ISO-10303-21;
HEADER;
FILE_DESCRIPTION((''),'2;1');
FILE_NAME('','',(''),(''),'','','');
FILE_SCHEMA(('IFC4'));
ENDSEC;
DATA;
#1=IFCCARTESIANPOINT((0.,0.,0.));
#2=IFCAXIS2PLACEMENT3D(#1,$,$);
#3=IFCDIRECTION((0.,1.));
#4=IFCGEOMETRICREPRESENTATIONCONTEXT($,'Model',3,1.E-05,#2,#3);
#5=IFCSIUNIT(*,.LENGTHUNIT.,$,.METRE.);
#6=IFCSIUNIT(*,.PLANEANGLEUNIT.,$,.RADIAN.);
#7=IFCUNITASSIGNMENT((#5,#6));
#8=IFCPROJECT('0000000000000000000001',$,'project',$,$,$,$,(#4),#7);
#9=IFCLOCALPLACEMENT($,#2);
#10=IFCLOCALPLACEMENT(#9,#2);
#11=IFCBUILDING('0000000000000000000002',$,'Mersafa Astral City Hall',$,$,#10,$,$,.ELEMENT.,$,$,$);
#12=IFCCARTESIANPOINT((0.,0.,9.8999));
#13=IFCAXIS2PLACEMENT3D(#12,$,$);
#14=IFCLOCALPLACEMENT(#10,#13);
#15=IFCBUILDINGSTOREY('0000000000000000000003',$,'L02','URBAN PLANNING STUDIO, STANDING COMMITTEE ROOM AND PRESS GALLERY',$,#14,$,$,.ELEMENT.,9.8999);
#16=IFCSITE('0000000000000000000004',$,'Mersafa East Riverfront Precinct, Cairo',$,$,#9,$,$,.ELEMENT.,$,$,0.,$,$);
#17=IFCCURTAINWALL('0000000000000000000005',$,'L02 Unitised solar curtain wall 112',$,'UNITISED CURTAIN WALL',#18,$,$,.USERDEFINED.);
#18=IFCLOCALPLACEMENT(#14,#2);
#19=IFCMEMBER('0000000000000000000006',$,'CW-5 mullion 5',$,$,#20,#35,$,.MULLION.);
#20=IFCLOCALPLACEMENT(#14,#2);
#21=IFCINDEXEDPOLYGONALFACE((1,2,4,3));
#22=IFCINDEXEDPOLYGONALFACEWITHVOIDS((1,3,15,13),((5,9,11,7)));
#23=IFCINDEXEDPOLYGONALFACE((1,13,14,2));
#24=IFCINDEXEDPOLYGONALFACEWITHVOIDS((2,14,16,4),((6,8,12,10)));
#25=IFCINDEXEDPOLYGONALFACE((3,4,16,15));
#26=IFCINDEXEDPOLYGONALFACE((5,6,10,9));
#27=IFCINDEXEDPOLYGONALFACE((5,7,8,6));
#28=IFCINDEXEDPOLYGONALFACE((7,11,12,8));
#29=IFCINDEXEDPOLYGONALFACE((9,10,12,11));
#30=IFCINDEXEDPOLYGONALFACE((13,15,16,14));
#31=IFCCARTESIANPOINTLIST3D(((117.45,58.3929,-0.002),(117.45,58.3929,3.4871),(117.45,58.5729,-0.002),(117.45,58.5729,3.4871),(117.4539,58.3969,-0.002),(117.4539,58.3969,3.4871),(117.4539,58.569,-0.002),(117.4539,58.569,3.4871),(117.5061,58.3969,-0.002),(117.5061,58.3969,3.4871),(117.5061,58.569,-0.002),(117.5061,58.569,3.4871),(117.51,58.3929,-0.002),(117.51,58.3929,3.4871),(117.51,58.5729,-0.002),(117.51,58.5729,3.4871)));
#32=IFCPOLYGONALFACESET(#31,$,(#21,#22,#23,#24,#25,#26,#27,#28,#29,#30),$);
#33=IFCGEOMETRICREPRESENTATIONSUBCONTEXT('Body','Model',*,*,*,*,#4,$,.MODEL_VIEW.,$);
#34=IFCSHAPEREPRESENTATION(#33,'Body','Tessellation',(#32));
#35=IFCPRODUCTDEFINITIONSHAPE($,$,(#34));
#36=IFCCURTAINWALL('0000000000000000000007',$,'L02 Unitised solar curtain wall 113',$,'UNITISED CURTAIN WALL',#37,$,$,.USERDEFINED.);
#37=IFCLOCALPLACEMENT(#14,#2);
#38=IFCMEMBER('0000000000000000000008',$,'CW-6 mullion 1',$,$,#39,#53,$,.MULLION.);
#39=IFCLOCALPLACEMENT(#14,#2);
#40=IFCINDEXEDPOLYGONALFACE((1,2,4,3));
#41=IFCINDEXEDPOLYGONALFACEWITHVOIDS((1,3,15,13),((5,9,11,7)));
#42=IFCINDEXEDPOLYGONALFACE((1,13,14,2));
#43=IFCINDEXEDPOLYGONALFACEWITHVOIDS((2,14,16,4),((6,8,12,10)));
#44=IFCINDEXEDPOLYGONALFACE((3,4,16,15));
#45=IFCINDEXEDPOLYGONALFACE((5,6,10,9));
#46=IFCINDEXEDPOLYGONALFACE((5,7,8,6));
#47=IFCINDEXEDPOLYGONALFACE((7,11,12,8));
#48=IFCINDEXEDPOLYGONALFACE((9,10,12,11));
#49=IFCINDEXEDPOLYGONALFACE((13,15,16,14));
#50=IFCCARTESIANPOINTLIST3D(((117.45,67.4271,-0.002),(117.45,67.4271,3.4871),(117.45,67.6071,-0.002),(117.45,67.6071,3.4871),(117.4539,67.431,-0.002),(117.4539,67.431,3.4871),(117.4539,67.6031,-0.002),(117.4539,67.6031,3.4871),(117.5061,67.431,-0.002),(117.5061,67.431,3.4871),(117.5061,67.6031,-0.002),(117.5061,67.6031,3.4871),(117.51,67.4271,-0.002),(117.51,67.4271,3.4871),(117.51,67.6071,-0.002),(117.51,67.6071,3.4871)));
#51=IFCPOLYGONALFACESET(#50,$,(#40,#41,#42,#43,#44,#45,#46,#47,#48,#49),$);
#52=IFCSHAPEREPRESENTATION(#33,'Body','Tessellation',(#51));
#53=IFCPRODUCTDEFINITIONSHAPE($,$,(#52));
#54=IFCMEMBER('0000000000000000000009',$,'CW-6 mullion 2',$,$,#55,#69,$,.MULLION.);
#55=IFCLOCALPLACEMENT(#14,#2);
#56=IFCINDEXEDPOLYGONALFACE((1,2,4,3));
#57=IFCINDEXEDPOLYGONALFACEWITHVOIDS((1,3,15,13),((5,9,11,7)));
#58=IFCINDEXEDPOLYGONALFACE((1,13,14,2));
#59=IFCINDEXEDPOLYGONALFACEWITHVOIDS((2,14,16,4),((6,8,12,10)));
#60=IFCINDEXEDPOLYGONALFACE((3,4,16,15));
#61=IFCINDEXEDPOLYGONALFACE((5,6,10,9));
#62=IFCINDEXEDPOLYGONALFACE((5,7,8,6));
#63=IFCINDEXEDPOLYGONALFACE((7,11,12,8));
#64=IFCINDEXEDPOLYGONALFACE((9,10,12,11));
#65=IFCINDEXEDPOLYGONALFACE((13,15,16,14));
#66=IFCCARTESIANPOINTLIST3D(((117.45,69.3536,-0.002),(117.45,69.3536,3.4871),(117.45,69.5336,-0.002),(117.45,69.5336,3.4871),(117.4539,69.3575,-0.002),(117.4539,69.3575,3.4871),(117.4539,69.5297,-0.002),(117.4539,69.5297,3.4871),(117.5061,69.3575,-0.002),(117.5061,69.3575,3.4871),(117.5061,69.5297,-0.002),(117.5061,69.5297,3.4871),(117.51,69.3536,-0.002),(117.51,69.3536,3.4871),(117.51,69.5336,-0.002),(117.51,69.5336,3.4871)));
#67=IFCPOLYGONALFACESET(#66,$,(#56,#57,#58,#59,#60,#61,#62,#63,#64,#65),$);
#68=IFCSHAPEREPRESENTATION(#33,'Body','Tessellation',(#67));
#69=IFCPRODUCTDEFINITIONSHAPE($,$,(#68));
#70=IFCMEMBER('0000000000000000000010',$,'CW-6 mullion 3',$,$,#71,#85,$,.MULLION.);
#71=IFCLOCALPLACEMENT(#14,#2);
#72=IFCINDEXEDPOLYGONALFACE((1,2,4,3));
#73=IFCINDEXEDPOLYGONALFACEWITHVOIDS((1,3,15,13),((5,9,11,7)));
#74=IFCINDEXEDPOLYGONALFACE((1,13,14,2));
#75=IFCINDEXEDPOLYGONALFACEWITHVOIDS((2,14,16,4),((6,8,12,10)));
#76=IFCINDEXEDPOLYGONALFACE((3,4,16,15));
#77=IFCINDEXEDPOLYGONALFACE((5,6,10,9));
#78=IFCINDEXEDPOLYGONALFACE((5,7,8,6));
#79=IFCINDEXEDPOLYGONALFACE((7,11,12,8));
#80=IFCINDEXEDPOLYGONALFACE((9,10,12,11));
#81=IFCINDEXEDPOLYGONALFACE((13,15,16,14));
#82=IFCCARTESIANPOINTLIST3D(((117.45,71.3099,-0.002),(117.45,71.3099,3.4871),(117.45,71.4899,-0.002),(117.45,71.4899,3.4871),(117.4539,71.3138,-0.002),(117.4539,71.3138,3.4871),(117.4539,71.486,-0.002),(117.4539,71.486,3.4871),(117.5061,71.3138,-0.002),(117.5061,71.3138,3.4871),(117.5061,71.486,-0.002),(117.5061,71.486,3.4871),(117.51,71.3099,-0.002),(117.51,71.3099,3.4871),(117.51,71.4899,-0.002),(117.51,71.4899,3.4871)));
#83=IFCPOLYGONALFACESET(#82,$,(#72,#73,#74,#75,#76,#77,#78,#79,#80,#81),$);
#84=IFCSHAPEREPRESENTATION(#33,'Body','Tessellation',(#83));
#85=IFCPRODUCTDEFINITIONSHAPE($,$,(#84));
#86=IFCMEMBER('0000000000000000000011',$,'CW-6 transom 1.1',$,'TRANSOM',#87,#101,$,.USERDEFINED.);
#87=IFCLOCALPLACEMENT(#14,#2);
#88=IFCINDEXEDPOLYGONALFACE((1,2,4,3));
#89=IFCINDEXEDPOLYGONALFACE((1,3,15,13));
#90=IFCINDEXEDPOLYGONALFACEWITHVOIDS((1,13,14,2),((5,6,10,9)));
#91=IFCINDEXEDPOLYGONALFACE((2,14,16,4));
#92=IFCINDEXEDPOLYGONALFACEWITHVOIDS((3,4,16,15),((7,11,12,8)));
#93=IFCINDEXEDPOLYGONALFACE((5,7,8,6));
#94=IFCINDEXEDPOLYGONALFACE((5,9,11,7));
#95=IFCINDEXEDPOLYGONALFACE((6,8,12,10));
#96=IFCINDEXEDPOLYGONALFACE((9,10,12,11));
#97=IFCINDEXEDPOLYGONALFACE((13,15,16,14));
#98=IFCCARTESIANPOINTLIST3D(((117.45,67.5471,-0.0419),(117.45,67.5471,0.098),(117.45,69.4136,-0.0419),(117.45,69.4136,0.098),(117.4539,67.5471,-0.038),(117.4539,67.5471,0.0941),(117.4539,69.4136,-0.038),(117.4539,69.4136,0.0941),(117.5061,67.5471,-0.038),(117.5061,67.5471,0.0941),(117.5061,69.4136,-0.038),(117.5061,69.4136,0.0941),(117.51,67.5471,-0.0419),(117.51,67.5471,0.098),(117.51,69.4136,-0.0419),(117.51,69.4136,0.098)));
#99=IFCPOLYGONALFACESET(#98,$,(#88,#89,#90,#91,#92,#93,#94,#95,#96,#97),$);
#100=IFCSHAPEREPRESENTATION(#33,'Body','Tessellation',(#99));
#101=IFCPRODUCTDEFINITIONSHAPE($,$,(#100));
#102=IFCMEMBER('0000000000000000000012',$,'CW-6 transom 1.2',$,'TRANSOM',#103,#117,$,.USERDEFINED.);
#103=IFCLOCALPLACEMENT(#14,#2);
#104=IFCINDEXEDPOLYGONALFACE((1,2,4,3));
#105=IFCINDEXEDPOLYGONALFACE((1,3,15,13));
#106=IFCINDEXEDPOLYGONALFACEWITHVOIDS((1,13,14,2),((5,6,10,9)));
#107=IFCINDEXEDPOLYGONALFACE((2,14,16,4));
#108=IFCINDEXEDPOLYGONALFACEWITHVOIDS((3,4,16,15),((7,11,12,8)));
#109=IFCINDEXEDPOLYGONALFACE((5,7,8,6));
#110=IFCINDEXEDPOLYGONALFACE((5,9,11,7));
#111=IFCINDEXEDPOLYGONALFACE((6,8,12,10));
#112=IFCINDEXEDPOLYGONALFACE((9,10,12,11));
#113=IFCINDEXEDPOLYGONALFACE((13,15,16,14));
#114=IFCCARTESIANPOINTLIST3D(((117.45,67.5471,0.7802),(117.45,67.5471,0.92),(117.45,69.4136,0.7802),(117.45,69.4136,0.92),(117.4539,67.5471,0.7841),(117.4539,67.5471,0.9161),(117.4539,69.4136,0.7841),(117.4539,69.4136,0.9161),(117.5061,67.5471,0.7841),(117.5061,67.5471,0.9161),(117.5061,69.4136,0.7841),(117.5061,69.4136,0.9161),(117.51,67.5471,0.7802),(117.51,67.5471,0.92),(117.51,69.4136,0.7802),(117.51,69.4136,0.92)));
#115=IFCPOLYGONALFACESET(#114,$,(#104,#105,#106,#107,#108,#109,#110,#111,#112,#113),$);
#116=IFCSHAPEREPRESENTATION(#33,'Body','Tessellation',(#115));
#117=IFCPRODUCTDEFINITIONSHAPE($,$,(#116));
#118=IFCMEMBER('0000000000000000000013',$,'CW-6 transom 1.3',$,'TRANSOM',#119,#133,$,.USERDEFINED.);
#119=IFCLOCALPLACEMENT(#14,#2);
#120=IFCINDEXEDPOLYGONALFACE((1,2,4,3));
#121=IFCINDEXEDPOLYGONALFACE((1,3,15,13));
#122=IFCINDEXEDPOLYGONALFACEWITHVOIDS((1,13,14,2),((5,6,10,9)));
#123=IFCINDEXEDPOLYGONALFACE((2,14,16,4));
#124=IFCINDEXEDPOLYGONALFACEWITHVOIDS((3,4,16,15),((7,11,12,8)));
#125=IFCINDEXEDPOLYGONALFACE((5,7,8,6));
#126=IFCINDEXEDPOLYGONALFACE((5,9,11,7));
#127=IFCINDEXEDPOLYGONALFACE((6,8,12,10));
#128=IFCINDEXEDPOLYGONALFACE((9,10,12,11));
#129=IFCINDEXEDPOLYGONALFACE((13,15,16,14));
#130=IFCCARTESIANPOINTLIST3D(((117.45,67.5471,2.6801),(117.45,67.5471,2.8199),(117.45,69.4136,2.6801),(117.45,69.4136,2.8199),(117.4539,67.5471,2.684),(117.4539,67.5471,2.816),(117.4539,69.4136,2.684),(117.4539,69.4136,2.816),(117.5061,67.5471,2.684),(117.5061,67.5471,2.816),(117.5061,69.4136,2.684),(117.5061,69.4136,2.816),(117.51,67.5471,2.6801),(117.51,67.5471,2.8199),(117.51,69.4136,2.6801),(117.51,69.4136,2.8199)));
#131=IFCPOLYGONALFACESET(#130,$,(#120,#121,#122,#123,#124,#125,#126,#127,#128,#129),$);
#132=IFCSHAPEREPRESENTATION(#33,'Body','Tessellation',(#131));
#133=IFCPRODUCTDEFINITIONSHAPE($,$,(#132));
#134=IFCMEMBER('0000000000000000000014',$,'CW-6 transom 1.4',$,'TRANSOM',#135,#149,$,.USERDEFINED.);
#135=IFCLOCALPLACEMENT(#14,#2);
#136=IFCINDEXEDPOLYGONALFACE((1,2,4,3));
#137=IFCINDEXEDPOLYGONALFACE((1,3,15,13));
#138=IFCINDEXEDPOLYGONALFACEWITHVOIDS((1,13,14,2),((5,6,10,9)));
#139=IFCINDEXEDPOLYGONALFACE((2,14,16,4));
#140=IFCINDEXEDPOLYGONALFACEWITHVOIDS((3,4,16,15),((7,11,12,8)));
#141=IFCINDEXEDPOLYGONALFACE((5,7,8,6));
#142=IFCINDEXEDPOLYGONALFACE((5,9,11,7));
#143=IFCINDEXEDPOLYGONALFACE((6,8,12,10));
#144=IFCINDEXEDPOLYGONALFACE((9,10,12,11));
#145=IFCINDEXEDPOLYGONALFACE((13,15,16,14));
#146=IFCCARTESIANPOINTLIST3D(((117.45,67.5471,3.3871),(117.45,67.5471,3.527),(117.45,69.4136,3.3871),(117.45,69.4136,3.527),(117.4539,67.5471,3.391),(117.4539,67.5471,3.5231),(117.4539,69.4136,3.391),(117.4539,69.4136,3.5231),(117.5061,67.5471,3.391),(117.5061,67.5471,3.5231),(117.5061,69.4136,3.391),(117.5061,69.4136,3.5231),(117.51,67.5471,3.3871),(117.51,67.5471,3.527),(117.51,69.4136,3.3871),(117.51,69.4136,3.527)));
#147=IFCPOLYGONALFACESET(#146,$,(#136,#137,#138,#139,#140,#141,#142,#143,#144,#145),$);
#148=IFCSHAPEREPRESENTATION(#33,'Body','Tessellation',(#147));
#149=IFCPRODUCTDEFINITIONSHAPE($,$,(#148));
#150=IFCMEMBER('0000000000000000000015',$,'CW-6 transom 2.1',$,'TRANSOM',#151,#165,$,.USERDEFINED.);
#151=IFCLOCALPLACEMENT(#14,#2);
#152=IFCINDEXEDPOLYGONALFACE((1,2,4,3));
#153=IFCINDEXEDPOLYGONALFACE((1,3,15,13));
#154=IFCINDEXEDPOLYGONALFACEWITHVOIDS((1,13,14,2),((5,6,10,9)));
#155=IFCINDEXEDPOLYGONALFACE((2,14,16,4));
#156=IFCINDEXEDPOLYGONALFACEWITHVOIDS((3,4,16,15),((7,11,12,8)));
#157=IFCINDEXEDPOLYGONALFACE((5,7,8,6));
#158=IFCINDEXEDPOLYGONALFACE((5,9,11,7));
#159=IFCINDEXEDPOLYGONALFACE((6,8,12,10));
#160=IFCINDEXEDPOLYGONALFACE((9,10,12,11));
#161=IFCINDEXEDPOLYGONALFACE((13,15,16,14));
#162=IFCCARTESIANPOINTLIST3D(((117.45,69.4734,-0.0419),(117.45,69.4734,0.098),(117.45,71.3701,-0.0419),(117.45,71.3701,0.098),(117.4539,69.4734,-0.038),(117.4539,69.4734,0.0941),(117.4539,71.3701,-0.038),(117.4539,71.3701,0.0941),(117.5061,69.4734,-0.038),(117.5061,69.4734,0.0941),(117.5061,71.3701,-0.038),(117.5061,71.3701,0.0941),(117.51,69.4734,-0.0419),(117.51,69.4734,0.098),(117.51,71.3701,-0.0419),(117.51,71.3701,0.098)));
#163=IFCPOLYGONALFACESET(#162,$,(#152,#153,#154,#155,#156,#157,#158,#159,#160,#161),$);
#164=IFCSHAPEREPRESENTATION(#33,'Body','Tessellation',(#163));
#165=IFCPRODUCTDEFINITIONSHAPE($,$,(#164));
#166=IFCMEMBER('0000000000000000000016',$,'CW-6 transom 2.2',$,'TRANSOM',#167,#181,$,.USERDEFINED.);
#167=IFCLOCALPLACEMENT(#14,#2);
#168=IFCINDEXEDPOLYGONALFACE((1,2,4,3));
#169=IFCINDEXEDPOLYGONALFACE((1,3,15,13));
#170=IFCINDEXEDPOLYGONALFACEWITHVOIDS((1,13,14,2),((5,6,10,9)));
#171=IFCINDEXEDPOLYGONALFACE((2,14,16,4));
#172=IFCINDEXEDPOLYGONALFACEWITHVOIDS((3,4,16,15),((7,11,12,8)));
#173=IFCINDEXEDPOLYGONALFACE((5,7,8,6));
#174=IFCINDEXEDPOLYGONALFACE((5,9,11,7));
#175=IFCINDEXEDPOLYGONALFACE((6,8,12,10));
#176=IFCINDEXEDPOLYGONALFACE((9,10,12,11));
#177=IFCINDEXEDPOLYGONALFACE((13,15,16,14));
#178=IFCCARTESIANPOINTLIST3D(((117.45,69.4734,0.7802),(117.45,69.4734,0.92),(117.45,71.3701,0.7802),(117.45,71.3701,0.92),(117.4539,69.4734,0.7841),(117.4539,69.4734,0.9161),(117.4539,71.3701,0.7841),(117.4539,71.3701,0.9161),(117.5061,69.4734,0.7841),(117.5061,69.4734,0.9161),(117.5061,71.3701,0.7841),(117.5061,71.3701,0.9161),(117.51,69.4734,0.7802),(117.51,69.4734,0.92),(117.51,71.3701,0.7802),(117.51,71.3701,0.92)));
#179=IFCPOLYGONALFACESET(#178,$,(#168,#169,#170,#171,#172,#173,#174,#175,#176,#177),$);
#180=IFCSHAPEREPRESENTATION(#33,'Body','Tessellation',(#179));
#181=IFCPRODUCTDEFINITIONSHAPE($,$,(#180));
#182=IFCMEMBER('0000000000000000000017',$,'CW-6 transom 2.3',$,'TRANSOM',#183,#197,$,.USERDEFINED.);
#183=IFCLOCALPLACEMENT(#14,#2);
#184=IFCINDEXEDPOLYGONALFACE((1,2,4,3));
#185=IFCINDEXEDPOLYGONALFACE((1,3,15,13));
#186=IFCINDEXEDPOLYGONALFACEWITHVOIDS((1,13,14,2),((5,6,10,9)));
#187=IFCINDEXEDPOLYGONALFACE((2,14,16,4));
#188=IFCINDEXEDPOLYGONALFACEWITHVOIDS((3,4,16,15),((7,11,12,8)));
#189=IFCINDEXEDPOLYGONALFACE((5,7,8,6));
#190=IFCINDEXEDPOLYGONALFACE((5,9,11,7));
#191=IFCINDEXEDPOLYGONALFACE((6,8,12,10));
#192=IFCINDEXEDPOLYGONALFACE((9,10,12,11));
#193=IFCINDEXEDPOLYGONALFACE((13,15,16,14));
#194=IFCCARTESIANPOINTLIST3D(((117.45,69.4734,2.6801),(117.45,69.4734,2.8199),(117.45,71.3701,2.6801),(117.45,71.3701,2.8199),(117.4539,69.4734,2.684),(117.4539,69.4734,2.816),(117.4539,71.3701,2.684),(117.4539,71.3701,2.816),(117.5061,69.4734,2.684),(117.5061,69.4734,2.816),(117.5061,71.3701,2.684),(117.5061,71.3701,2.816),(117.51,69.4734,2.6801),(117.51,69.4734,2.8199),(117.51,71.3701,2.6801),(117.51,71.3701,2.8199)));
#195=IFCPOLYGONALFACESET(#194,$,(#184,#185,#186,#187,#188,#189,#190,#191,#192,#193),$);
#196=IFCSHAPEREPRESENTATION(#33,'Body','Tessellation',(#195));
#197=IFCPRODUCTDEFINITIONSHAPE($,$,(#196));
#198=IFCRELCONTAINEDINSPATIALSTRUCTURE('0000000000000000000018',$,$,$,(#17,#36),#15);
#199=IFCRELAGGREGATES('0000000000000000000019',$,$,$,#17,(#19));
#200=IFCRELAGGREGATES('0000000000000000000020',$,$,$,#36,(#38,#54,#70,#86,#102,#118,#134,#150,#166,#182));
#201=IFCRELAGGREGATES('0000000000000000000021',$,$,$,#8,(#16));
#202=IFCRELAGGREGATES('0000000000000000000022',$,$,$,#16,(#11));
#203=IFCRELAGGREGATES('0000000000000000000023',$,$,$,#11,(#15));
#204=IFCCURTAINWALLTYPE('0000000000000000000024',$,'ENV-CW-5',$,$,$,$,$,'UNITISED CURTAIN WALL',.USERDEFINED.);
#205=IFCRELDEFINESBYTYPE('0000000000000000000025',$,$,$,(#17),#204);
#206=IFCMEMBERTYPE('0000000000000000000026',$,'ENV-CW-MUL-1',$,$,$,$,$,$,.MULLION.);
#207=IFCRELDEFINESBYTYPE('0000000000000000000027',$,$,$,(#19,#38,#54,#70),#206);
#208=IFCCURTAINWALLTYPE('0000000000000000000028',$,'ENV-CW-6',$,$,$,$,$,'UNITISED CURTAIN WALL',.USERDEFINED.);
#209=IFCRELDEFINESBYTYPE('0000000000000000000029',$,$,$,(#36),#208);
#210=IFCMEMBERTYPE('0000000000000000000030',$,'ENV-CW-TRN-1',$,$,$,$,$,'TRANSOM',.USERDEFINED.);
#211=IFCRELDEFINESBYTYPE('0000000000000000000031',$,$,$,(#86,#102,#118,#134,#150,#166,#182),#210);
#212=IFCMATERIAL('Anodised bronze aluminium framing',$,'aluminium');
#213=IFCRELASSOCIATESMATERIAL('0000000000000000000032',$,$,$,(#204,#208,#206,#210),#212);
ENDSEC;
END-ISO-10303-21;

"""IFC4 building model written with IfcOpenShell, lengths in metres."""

from ifc_helpers import new_model, si_unit, direction, frame, origin, origin_2d, place, context, subcontext, project, spatial, hollow_rectangle, extrude, material, material_profile, profile_set, type_object, element, aggregate, save


model = new_model("IFC4")

# Units and contexts
model_context = context("Model", 3, precision=1e-05, world=origin(), true_north=direction((0.0, 1.0)))
body_context = subcontext(model_context, "Body", "Model", "MODEL_VIEW")
ifc_project = project(units=[si_unit("LENGTHUNIT", "METRE"), si_unit("PLANEANGLEUNIT", "RADIAN")], contexts=[model_context])

# Site, building, storey
site_placement = place(None, origin())
site = spatial("IfcSite", under=ifc_project, at=site_placement, Name="Mersafa East Riverfront Precinct, Cairo", CompositionType="ELEMENT", RefElevation=0.0)
building_placement = place(site_placement, origin())
building = spatial("IfcBuilding", under=site, at=building_placement, Name="Mersafa Astral City Hall", CompositionType="ELEMENT")
storey_placement = place(building_placement, frame((0.0, 0.0, 9.8999)))
storey = spatial("IfcBuildingStorey", under=building, at=storey_placement, Name="L02", Description="URBAN PLANNING STUDIO, STANDING COMMITTEE ROOM AND PRESS GALLERY", CompositionType="ELEMENT", Elevation=9.8999)

# Curtain wall, member
ifc_material_1 = material(Name="Anodised bronze aluminium framing", Category="aluminium")
curtain_wall_type_1 = type_object("IfcCurtainWallType", Name="ENV-CW-5", ElementType="UNITISED CURTAIN WALL", PredefinedType="USERDEFINED", material=ifc_material_1)
curtain_wall_1_placement = place(storey_placement, origin())
curtain_wall_1 = element("IfcCurtainWall", 1, at=curtain_wall_1_placement, inside=storey, type_object=curtain_wall_type_1, Name="L02 Unitised solar curtain wall 112", ObjectType="UNITISED CURTAIN WALL", PredefinedType="USERDEFINED")
ifc_material_profile_1 = material_profile(ifc_material_1, hollow_rectangle(XDim=0.0601, YDim=0.1799, WallThickness=0.0039, at=origin_2d()), Name="RHS 60x180x4")
ifc_profile_set_1 = profile_set([ifc_material_profile_1], Name="Anodised bronze aluminium framing")
member_type_1 = type_object("IfcMemberType", Name="ENV-CW-MUL-1", PredefinedType="MULLION", material=ifc_profile_set_1)
member_1_placement = place(storey_placement, frame((117.48, 58.4829, -0.002), z_axis=(0.0, 0.0, 1.0), x_axis=(-1.0, 0.0, 0.0)))
member_1 = element("IfcMember", 2, at=member_1_placement, type_object=member_type_1, Name="CW-5 mullion 5", PredefinedType="MULLION", context=body_context, shape_type="SweptSolid", body=[
    extrude(hollow_rectangle(XDim=0.0601, YDim=0.1799, WallThickness=0.0039, at=origin_2d()), origin(), (0.0, 0.0, 1.0), 3.489),
])
aggregate(curtain_wall_1, [member_1])

# Curtain wall, members
curtain_wall_type_2 = type_object("IfcCurtainWallType", Name="ENV-CW-6", ElementType="UNITISED CURTAIN WALL", PredefinedType="USERDEFINED", material=ifc_material_1)
curtain_wall_2_placement = place(storey_placement, origin())
curtain_wall_2 = element("IfcCurtainWall", 3, at=curtain_wall_2_placement, inside=storey, type_object=curtain_wall_type_2, Name="L02 Unitised solar curtain wall 113", ObjectType="UNITISED CURTAIN WALL", PredefinedType="USERDEFINED")
member_2_placement = place(storey_placement, frame((117.48, 67.5171, -0.002), z_axis=(0.0, 0.0, 1.0), x_axis=(-1.0, 0.0, 0.0)))
member_2 = element("IfcMember", 4, at=member_2_placement, type_object=member_type_1, Name="CW-6 mullion 1", PredefinedType="MULLION", context=body_context, shape_type="SweptSolid", body=[
    extrude(hollow_rectangle(XDim=0.0601, YDim=0.1799, WallThickness=0.0039, at=origin_2d()), origin(), (0.0, 0.0, 1.0), 3.489),
])
member_3_placement = place(storey_placement, frame((117.48, 69.4436, -0.002), z_axis=(0.0, 0.0, 1.0), x_axis=(-1.0, 0.0, 0.0)))
member_3 = element("IfcMember", 5, at=member_3_placement, type_object=member_type_1, Name="CW-6 mullion 2", PredefinedType="MULLION", context=body_context, shape_type="SweptSolid", body=[
    extrude(hollow_rectangle(XDim=0.0601, YDim=0.1799, WallThickness=0.0039, at=origin_2d()), origin(), (0.0, 0.0, 1.0), 3.489),
])
member_4_placement = place(storey_placement, frame((117.48, 71.3999, -0.002), z_axis=(0.0, 0.0, 1.0), x_axis=(-1.0, 0.0, 0.0)))
member_4 = element("IfcMember", 6, at=member_4_placement, type_object=member_type_1, Name="CW-6 mullion 3", PredefinedType="MULLION", context=body_context, shape_type="SweptSolid", body=[
    extrude(hollow_rectangle(XDim=0.0601, YDim=0.1799, WallThickness=0.0039, at=origin_2d()), origin(), (0.0, 0.0, 1.0), 3.489),
])
ifc_material_profile_2 = material_profile(ifc_material_1, hollow_rectangle(XDim=0.0601, YDim=0.1399, WallThickness=0.0039, at=origin_2d()), Name="RHS 60x140x4")
ifc_profile_set_2 = profile_set([ifc_material_profile_2], Name="Anodised bronze aluminium framing")
member_type_2 = type_object("IfcMemberType", Name="ENV-CW-TRN-1", ElementType="TRANSOM", PredefinedType="USERDEFINED", material=ifc_profile_set_2)
member_5_placement = place(storey_placement, frame((117.48, 67.5471, 0.0281), z_axis=(0.0, 1.0, 0.0), x_axis=(-1.0, 0.0, 0.0)))
member_5 = element("IfcMember", 7, at=member_5_placement, type_object=member_type_2, Name="CW-6 transom 1.1", ObjectType="TRANSOM", PredefinedType="USERDEFINED", context=body_context, shape_type="SweptSolid", body=[
    extrude(hollow_rectangle(XDim=0.0601, YDim=0.1399, WallThickness=0.0039, at=origin_2d()), origin(), (0.0, 0.0, 1.0), 1.8665),
])
member_6_placement = place(storey_placement, frame((117.48, 67.5471, 0.8501), z_axis=(0.0, 1.0, 0.0), x_axis=(-1.0, 0.0, 0.0)))
member_6 = element("IfcMember", 8, at=member_6_placement, type_object=member_type_2, Name="CW-6 transom 1.2", ObjectType="TRANSOM", PredefinedType="USERDEFINED", context=body_context, shape_type="SweptSolid", body=[
    extrude(hollow_rectangle(XDim=0.0601, YDim=0.1399, WallThickness=0.0039, at=origin_2d()), origin(), (0.0, 0.0, 1.0), 1.8665),
])
member_7_placement = place(storey_placement, frame((117.48, 67.5471, 2.75), z_axis=(0.0, 1.0, 0.0), x_axis=(-1.0, 0.0, 0.0)))
member_7 = element("IfcMember", 9, at=member_7_placement, type_object=member_type_2, Name="CW-6 transom 1.3", ObjectType="TRANSOM", PredefinedType="USERDEFINED", context=body_context, shape_type="SweptSolid", body=[
    extrude(hollow_rectangle(XDim=0.0601, YDim=0.1399, WallThickness=0.0039, at=origin_2d()), origin(), (0.0, 0.0, 1.0), 1.8665),
])
member_8_placement = place(storey_placement, frame((117.48, 67.5471, 3.457), z_axis=(0.0, 1.0, 0.0), x_axis=(-1.0, 0.0, 0.0)))
member_8 = element("IfcMember", 10, at=member_8_placement, type_object=member_type_2, Name="CW-6 transom 1.4", ObjectType="TRANSOM", PredefinedType="USERDEFINED", context=body_context, shape_type="SweptSolid", body=[
    extrude(hollow_rectangle(XDim=0.0601, YDim=0.1399, WallThickness=0.0039, at=origin_2d()), origin(), (0.0, 0.0, 1.0), 1.8665),
])
member_9_placement = place(storey_placement, frame((117.48, 69.4734, 0.0281), z_axis=(0.0, 1.0, 0.0), x_axis=(-1.0, 0.0, 0.0)))
member_9 = element("IfcMember", 11, at=member_9_placement, type_object=member_type_2, Name="CW-6 transom 2.1", ObjectType="TRANSOM", PredefinedType="USERDEFINED", context=body_context, shape_type="SweptSolid", body=[
    extrude(hollow_rectangle(XDim=0.0601, YDim=0.1399, WallThickness=0.0039, at=origin_2d()), origin(), (0.0, 0.0, 1.0), 1.8967),
])
member_10_placement = place(storey_placement, frame((117.48, 69.4734, 0.8501), z_axis=(0.0, 1.0, 0.0), x_axis=(-1.0, 0.0, 0.0)))
member_10 = element("IfcMember", 12, at=member_10_placement, type_object=member_type_2, Name="CW-6 transom 2.2", ObjectType="TRANSOM", PredefinedType="USERDEFINED", context=body_context, shape_type="SweptSolid", body=[
    extrude(hollow_rectangle(XDim=0.0601, YDim=0.1399, WallThickness=0.0039, at=origin_2d()), origin(), (0.0, 0.0, 1.0), 1.8967),
])
member_11_placement = place(storey_placement, frame((117.48, 69.4734, 2.75), z_axis=(0.0, 1.0, 0.0), x_axis=(-1.0, 0.0, 0.0)))
member_11 = element("IfcMember", 13, at=member_11_placement, type_object=member_type_2, Name="CW-6 transom 2.3", ObjectType="TRANSOM", PredefinedType="USERDEFINED", context=body_context, shape_type="SweptSolid", body=[
    extrude(hollow_rectangle(XDim=0.0601, YDim=0.1399, WallThickness=0.0039, at=origin_2d()), origin(), (0.0, 0.0, 1.0), 1.8967),
])

aggregate(curtain_wall_2, [member_2, member_3, member_4, member_5, member_6, member_7, member_8, member_9, member_10, member_11])

save(model, "model.ifc")
